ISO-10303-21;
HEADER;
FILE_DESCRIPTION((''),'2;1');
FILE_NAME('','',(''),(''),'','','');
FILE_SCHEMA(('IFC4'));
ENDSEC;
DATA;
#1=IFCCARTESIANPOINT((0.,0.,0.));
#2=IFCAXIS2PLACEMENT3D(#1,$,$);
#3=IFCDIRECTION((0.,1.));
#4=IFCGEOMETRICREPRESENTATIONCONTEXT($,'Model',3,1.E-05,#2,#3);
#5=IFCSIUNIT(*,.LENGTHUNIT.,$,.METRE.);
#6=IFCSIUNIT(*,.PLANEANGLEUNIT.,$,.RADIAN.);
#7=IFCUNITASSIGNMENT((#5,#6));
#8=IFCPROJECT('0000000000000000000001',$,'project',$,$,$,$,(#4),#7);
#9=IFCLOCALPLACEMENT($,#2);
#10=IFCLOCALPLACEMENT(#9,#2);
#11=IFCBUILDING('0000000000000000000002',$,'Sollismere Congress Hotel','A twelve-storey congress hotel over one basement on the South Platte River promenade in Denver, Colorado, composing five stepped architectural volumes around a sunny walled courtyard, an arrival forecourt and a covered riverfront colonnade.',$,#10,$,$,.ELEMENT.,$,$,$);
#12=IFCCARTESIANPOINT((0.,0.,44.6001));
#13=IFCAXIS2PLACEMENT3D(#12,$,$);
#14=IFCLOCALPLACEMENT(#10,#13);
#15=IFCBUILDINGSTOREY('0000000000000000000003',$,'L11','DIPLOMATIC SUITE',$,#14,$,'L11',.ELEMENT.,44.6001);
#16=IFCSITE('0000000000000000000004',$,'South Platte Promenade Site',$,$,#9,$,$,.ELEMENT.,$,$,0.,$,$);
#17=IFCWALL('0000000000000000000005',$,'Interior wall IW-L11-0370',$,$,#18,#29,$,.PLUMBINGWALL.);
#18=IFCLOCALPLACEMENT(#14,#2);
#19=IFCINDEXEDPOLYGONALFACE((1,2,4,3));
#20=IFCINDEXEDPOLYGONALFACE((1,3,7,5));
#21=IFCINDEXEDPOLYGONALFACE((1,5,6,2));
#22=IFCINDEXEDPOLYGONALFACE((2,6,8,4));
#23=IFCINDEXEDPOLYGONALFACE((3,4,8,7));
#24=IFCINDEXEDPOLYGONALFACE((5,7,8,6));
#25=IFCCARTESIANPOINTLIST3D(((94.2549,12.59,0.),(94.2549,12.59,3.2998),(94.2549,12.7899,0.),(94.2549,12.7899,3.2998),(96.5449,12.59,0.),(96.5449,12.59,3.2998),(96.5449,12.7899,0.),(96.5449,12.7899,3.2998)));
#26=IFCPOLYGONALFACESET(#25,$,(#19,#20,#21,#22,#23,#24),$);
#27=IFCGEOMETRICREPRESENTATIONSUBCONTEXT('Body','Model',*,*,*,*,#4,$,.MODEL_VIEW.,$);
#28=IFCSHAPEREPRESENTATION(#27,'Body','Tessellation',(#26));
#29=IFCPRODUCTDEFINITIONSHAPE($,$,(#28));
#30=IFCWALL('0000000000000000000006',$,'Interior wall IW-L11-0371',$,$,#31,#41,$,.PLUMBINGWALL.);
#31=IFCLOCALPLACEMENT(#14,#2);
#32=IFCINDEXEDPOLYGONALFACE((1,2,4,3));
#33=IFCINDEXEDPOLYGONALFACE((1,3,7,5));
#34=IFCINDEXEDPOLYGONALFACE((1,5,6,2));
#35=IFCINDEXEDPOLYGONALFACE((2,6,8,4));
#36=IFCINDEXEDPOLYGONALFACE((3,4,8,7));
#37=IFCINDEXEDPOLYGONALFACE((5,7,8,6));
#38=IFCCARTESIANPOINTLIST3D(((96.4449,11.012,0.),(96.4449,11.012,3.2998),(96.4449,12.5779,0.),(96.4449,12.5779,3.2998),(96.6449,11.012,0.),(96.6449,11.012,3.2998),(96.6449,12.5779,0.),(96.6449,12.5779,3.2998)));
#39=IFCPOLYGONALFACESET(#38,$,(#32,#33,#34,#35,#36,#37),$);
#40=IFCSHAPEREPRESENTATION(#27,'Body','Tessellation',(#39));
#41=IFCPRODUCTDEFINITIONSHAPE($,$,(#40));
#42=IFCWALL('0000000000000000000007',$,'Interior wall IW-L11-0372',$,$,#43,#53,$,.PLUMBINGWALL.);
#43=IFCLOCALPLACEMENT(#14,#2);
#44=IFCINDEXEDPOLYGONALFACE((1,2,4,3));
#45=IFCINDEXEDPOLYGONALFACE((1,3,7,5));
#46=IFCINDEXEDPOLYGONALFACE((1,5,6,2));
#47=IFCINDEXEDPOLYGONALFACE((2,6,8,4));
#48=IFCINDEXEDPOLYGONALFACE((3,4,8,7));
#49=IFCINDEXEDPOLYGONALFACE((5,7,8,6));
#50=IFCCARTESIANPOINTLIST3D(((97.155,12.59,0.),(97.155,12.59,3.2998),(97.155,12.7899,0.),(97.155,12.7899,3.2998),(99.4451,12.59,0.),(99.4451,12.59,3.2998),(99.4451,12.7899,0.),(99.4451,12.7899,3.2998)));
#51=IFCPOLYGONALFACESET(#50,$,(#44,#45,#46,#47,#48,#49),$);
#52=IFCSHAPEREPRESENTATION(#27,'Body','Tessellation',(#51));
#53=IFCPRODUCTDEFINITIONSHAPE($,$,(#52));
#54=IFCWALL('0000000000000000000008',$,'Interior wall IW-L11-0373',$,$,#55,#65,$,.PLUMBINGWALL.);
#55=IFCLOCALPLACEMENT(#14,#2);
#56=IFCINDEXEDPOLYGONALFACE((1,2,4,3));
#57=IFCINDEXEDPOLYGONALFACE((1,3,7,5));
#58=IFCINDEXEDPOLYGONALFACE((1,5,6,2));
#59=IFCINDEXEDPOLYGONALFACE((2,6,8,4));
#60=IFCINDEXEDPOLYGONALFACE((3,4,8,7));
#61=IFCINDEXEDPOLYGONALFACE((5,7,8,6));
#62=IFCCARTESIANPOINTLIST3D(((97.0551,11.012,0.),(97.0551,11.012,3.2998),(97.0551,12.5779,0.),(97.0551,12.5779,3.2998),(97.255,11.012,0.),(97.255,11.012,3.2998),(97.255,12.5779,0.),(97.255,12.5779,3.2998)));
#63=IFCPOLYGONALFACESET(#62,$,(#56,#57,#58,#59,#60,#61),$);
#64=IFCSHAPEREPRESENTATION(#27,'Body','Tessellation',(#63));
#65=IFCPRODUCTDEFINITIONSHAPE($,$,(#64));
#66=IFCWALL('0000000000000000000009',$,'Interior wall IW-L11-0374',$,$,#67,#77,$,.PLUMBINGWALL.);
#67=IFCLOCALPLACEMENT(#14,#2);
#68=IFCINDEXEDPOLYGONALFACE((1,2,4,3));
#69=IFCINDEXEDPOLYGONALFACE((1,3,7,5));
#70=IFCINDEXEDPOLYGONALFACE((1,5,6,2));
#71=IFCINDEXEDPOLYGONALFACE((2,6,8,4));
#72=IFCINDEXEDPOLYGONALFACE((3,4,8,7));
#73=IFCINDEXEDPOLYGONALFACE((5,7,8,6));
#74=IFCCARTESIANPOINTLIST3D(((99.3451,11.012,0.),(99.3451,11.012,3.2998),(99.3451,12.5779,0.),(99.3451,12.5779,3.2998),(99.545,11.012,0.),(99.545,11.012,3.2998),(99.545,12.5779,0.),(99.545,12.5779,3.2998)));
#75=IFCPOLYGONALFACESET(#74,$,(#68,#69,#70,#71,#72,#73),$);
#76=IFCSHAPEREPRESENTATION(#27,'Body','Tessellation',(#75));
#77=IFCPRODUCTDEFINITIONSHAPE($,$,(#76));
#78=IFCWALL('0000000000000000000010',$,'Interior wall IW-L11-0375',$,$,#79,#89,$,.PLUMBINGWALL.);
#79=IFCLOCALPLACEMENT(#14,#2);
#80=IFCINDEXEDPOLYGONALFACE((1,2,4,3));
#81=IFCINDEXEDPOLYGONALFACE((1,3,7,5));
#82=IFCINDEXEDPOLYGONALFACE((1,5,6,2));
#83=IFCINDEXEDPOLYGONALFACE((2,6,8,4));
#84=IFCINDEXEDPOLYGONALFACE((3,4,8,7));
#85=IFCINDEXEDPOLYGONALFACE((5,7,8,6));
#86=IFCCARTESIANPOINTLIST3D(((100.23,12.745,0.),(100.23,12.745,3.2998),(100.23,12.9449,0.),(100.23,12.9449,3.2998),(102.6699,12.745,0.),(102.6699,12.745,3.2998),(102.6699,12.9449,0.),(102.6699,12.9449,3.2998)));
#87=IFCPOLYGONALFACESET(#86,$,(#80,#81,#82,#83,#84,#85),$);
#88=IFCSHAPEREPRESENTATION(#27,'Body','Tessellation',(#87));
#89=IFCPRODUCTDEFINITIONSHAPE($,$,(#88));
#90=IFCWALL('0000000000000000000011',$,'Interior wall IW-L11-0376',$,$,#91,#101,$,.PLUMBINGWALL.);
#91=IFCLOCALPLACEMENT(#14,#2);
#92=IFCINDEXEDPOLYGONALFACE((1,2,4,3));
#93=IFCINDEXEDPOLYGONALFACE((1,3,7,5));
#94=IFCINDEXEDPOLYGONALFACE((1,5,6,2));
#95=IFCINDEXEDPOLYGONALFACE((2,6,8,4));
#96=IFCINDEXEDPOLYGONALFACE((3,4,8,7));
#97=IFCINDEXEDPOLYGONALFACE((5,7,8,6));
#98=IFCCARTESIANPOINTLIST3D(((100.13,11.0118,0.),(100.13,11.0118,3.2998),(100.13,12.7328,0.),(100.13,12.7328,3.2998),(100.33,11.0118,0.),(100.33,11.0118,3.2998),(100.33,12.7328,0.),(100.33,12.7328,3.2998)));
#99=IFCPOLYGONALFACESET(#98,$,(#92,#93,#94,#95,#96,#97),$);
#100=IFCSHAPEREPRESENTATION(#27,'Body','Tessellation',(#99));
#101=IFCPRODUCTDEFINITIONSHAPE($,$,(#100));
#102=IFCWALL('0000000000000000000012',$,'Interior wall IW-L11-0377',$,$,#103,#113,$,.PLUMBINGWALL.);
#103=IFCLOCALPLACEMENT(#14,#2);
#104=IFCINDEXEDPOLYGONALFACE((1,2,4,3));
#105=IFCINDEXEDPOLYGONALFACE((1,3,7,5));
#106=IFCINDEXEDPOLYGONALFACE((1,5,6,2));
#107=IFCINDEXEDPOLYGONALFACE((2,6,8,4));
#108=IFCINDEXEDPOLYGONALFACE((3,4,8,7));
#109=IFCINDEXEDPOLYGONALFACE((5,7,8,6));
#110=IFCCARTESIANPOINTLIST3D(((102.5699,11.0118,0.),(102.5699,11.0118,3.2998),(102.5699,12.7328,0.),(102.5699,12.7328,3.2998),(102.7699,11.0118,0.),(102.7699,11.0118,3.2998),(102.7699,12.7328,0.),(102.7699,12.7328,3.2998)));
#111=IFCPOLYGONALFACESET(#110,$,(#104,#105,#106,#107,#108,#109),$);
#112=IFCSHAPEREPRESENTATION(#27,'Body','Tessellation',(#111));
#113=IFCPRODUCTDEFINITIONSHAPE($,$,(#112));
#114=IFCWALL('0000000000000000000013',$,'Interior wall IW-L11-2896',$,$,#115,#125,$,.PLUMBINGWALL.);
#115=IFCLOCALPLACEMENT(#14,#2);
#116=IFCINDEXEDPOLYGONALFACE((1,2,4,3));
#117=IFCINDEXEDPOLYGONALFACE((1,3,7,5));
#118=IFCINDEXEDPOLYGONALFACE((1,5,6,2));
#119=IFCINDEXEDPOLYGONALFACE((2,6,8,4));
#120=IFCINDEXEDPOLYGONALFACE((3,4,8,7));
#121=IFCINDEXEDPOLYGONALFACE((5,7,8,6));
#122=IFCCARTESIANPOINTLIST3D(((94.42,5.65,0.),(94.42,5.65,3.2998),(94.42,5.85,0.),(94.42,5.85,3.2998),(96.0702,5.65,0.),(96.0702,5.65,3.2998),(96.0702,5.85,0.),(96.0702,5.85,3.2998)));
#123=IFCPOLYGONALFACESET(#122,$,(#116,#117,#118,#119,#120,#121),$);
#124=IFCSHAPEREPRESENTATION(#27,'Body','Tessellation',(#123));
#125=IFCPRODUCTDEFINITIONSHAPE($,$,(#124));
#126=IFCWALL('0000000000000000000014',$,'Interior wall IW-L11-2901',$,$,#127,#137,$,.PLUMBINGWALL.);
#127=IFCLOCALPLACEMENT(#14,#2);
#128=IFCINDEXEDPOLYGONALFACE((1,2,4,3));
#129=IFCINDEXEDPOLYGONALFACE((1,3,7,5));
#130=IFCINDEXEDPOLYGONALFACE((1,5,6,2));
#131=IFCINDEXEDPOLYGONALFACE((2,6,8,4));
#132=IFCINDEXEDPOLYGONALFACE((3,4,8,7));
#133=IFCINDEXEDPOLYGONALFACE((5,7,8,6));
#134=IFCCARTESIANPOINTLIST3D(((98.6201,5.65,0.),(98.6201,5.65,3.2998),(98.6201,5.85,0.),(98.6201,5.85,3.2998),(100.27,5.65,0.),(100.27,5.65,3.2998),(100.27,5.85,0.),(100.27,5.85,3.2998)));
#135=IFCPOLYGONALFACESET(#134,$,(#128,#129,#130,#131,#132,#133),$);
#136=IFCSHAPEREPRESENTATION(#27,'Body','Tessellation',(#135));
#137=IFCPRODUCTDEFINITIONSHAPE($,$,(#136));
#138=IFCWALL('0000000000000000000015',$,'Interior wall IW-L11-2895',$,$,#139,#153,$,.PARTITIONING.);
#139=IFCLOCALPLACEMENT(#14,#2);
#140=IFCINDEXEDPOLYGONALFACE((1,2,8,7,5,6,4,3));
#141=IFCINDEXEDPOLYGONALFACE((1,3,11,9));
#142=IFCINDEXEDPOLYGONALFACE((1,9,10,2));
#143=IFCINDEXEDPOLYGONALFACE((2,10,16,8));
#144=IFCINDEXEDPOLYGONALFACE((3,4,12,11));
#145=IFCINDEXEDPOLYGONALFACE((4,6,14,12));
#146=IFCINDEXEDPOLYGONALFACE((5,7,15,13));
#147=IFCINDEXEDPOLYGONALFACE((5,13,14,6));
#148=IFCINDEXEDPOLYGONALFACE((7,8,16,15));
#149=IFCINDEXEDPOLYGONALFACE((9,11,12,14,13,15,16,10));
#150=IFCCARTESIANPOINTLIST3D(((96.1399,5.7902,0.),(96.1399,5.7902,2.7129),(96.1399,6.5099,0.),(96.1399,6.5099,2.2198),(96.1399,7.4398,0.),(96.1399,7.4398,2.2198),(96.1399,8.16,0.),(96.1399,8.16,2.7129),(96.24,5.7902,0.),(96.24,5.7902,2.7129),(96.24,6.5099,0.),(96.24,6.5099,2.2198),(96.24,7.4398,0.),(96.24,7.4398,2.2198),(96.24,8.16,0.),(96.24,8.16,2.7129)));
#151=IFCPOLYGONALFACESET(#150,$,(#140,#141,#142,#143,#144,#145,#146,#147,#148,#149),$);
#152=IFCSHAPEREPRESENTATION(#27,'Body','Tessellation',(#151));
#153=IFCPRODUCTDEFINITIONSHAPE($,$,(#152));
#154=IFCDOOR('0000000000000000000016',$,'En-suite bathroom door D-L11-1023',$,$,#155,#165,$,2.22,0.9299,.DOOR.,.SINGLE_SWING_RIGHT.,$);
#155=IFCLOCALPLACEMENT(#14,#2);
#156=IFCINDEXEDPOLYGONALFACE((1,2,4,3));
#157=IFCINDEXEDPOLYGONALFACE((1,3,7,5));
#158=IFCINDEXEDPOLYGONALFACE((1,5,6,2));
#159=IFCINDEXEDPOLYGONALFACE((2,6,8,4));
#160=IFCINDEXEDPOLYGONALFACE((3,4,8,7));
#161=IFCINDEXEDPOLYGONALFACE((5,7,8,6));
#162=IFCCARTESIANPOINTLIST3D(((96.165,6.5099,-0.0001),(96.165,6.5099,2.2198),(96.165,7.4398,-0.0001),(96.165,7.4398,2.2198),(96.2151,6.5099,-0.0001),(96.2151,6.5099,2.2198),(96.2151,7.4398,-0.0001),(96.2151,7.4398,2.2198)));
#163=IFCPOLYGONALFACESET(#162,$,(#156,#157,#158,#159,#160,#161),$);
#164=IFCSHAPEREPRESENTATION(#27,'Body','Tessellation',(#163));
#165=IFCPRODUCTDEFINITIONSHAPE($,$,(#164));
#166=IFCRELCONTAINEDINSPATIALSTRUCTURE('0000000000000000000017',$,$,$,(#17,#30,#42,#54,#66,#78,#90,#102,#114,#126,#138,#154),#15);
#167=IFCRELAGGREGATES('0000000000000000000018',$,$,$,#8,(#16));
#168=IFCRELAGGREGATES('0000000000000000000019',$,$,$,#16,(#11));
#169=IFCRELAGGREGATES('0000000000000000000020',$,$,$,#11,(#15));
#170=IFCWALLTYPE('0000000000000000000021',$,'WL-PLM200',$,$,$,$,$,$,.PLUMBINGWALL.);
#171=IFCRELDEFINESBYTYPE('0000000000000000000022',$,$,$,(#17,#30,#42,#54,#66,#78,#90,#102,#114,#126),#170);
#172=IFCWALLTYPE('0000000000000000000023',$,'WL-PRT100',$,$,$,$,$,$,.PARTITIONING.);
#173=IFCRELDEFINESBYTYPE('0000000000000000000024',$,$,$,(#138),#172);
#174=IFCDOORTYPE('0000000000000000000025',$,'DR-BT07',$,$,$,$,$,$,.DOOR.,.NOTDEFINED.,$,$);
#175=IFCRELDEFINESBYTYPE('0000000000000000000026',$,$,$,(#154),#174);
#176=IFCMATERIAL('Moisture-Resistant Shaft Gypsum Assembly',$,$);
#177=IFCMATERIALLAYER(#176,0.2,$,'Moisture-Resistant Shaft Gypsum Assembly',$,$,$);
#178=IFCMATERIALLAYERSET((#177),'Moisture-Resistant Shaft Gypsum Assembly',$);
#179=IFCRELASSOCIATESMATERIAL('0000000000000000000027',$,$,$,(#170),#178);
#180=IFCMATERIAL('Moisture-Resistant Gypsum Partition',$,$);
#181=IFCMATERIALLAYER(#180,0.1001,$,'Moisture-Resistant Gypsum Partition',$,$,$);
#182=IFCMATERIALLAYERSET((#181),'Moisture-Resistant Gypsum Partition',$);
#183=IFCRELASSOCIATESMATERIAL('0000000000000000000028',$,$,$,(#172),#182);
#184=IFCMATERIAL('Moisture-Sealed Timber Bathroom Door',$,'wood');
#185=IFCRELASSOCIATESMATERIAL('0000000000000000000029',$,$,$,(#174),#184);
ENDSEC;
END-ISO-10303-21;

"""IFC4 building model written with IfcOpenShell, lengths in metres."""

from ifc_helpers import new_model, si_unit, direction, frame, frame_2d, origin, place, context, subcontext, project, spatial, rectangle, extrude, material, layer, layer_set, type_object, element, fill, save


model = new_model("IFC4")

# Units and contexts
model_context = context("Model", 3, precision=1e-05, world=origin(), true_north=direction((0.0, 1.0)))
body_context = subcontext(model_context, "Body", "Model", "MODEL_VIEW")
ifc_project = project(units=[si_unit("LENGTHUNIT", "METRE"), si_unit("PLANEANGLEUNIT", "RADIAN")], contexts=[model_context])

# Site, building, storey
site_placement = place(None, origin())
site = spatial("IfcSite", under=ifc_project, at=site_placement, Name="South Platte Promenade Site", CompositionType="ELEMENT", RefElevation=0.0)
building_placement = place(site_placement, origin())
building = spatial("IfcBuilding", under=site, at=building_placement, Name="Sollismere Congress Hotel", Description="A twelve-storey congress hotel over one basement on the South Platte River promenade in Denver, Colorado, composing five stepped architectural volumes around a sunny walled courtyard, an arrival forecourt and a covered riverfront colonnade.", CompositionType="ELEMENT")
storey_placement = place(building_placement, frame((0.0, 0.0, 44.6001)))
storey = spatial("IfcBuildingStorey", under=building, at=storey_placement, Name="L11", Description="DIPLOMATIC SUITE", LongName="L11", CompositionType="ELEMENT", Elevation=44.6001)

# Walls
ifc_material_1 = material(Name="Moisture-Resistant Shaft Gypsum Assembly")
ifc_layer_1 = layer(ifc_material_1, 0.2, Name="Moisture-Resistant Shaft Gypsum Assembly")
ifc_layer_set_1 = layer_set([ifc_layer_1], Name="Moisture-Resistant Shaft Gypsum Assembly")
wall_type_1 = type_object("IfcWallType", Name="WL-PLM200", PredefinedType="PLUMBINGWALL", material=ifc_layer_set_1)
wall_1_placement = place(storey_placement, frame((94.2549, 12.6899, 0.0), z_axis=(0.0, 0.0, 1.0), x_axis=(1.0, 0.0, 0.0)))
element("IfcWall", 1, at=wall_1_placement, inside=storey, type_object=wall_type_1, Name="Interior wall IW-L11-0370", PredefinedType="PLUMBINGWALL", context=body_context, shape_type="SweptSolid", body=[
    extrude(rectangle(XDim=2.29, YDim=0.2, at=frame_2d((1.145, 0.0))), origin(), (0.0, 0.0, 1.0), 3.2998),
])
wall_2_placement = place(storey_placement, frame((96.5449, 11.012, 0.0), z_axis=(0.0, 0.0, 1.0), x_axis=(0.0, 1.0, 0.0)))
element("IfcWall", 2, at=wall_2_placement, inside=storey, type_object=wall_type_1, Name="Interior wall IW-L11-0371", PredefinedType="PLUMBINGWALL", context=body_context, shape_type="SweptSolid", body=[
    extrude(rectangle(XDim=1.5659, YDim=0.2, at=frame_2d((0.783, 0.0))), origin(), (0.0, 0.0, 1.0), 3.2998),
])
wall_3_placement = place(storey_placement, frame((97.155, 12.6899, 0.0), z_axis=(0.0, 0.0, 1.0), x_axis=(1.0, 0.0, 0.0)))
element("IfcWall", 3, at=wall_3_placement, inside=storey, type_object=wall_type_1, Name="Interior wall IW-L11-0372", PredefinedType="PLUMBINGWALL", context=body_context, shape_type="SweptSolid", body=[
    extrude(rectangle(XDim=2.29, YDim=0.2, at=frame_2d((1.145, 0.0))), origin(), (0.0, 0.0, 1.0), 3.2998),
])
for number, where, z_axis, x_axis, name in (
    (4, (97.155, 11.012, 0.0), (0.0, 0.0, 1.0), (0.0, 1.0, 0.0), "Interior wall IW-L11-0373"),
    (5, (99.4451, 11.012, 0.0), (0.0, 0.0, 1.0), (0.0, 1.0, 0.0), "Interior wall IW-L11-0374"),
):
    element("IfcWall", number, at=place(storey_placement, frame(where, z_axis=z_axis, x_axis=x_axis)), inside=storey, type_object=wall_type_1, Name=name, PredefinedType="PLUMBINGWALL", context=body_context, shape_type="SweptSolid", body=[
        extrude(rectangle(XDim=1.5659, YDim=0.2, at=frame_2d((0.783, 0.0))), origin(), (0.0, 0.0, 1.0), 3.2998),
    ])
wall_4_placement = place(storey_placement, frame((100.23, 12.845, 0.0), z_axis=(0.0, 0.0, 1.0), x_axis=(1.0, 0.0, 0.0)))
element("IfcWall", 6, at=wall_4_placement, inside=storey, type_object=wall_type_1, Name="Interior wall IW-L11-0375", PredefinedType="PLUMBINGWALL", context=body_context, shape_type="SweptSolid", body=[
    extrude(rectangle(XDim=2.4399, YDim=0.2, at=frame_2d((1.22, 0.0))), origin(), (0.0, 0.0, 1.0), 3.2998),
])
for number, where, z_axis, x_axis, name in (
    (7, (100.23, 11.012, 0.0), (0.0, 0.0, 1.0), (0.0, 1.0, 0.0), "Interior wall IW-L11-0376"),
    (8, (102.6699, 11.012, 0.0), (0.0, 0.0, 1.0), (0.0, 1.0, 0.0), "Interior wall IW-L11-0377"),
):
    element("IfcWall", number, at=place(storey_placement, frame(where, z_axis=z_axis, x_axis=x_axis)), inside=storey, type_object=wall_type_1, Name=name, PredefinedType="PLUMBINGWALL", context=body_context, shape_type="SweptSolid", body=[
        extrude(rectangle(XDim=1.7209, YDim=0.2, at=frame_2d((0.8604, 0.0))), origin(), (0.0, 0.0, 1.0), 3.2998),
    ])
wall_5_placement = place(storey_placement, frame((94.4199, 5.75, 0.0), z_axis=(0.0, 0.0, 1.0), x_axis=(1.0, 0.0, 0.0)))
element("IfcWall", 9, at=wall_5_placement, inside=storey, type_object=wall_type_1, Name="Interior wall IW-L11-2896", PredefinedType="PLUMBINGWALL", context=body_context, shape_type="SweptSolid", body=[
    extrude(rectangle(XDim=1.6501, YDim=0.2, at=frame_2d((0.8252, 0.0))), origin(), (0.0, 0.0, 1.0), 3.2998),
])
wall_6_placement = place(storey_placement, frame((98.6201, 5.75, 0.0), z_axis=(0.0, 0.0, 1.0), x_axis=(1.0, 0.0, 0.0)))
element("IfcWall", 10, at=wall_6_placement, inside=storey, type_object=wall_type_1, Name="Interior wall IW-L11-2901", PredefinedType="PLUMBINGWALL", context=body_context, shape_type="SweptSolid", body=[
    extrude(rectangle(XDim=1.6499, YDim=0.2, at=frame_2d((0.825, 0.0))), origin(), (0.0, 0.0, 1.0), 3.2998),
])

# Wall, opening, door
ifc_material_2 = material(Name="Moisture-Resistant Gypsum Partition")
ifc_layer_2 = layer(ifc_material_2, 0.1001, Name="Moisture-Resistant Gypsum Partition")
ifc_layer_set_2 = layer_set([ifc_layer_2], Name="Moisture-Resistant Gypsum Partition")
wall_type_2 = type_object("IfcWallType", Name="WL-PRT100", PredefinedType="PARTITIONING", material=ifc_layer_set_2)
wall_7_placement = place(storey_placement, frame((96.1899, 5.79, 0.0), z_axis=(0.0, 0.0, 1.0), x_axis=(0.0, 1.0, 0.0)))
wall_7 = element("IfcWall", 11, at=wall_7_placement, inside=storey, type_object=wall_type_2, Name="Interior wall IW-L11-2895", PredefinedType="PARTITIONING", context=body_context, shape_type="SweptSolid", body=[
    extrude(rectangle(XDim=2.3699, YDim=0.1001, at=frame_2d((1.1851, 0.0))), origin(), (0.0, 0.0, 1.0), 2.7129),
])
opening_1_placement = place(wall_7_placement, frame((0.72, 0.0, 0.0)))
opening_1 = element("IfcOpeningElement", 12, at=opening_1_placement, cuts=wall_7, PredefinedType="OPENING", context=body_context, shape_type="SweptSolid", body=[
    extrude(rectangle(XDim=0.9299, YDim=2.22, at=frame_2d((0.4648, 1.1099))), frame((0.0, 0.0601, 0.0), z_axis=(0.0, -1.0, 0.0), x_axis=(1.0, 0.0, 0.0)), (0.0, 0.0, 1.0), 0.1201),
])
ifc_material_3 = material(Name="Moisture-Sealed Timber Bathroom Door", Category="wood")
door_type_1 = type_object("IfcDoorType", Name="DR-BT07", OperationType="NOTDEFINED", PredefinedType="DOOR", material=ifc_material_3)
door_1_placement = place(opening_1_placement, origin())
door_1 = element("IfcDoor", 13, at=door_1_placement, inside=storey, type_object=door_type_1, Name="En-suite bathroom door D-L11-1023", OperationType="SINGLE_SWING_RIGHT", OverallHeight=2.22, OverallWidth=0.9299, PredefinedType="DOOR", context=body_context, shape_type="SweptSolid", body=[
    extrude(rectangle(XDim=0.9299, YDim=2.22, at=frame_2d((0.4648, 1.1099))), frame((0.0, 0.0249, 0.0), z_axis=(0.0, -1.0, 0.0), x_axis=(1.0, 0.0, 0.0)), (0.0, 0.0, 1.0), 0.05),
])
fill(opening_1, door_1)

save(model, "model.ifc")
